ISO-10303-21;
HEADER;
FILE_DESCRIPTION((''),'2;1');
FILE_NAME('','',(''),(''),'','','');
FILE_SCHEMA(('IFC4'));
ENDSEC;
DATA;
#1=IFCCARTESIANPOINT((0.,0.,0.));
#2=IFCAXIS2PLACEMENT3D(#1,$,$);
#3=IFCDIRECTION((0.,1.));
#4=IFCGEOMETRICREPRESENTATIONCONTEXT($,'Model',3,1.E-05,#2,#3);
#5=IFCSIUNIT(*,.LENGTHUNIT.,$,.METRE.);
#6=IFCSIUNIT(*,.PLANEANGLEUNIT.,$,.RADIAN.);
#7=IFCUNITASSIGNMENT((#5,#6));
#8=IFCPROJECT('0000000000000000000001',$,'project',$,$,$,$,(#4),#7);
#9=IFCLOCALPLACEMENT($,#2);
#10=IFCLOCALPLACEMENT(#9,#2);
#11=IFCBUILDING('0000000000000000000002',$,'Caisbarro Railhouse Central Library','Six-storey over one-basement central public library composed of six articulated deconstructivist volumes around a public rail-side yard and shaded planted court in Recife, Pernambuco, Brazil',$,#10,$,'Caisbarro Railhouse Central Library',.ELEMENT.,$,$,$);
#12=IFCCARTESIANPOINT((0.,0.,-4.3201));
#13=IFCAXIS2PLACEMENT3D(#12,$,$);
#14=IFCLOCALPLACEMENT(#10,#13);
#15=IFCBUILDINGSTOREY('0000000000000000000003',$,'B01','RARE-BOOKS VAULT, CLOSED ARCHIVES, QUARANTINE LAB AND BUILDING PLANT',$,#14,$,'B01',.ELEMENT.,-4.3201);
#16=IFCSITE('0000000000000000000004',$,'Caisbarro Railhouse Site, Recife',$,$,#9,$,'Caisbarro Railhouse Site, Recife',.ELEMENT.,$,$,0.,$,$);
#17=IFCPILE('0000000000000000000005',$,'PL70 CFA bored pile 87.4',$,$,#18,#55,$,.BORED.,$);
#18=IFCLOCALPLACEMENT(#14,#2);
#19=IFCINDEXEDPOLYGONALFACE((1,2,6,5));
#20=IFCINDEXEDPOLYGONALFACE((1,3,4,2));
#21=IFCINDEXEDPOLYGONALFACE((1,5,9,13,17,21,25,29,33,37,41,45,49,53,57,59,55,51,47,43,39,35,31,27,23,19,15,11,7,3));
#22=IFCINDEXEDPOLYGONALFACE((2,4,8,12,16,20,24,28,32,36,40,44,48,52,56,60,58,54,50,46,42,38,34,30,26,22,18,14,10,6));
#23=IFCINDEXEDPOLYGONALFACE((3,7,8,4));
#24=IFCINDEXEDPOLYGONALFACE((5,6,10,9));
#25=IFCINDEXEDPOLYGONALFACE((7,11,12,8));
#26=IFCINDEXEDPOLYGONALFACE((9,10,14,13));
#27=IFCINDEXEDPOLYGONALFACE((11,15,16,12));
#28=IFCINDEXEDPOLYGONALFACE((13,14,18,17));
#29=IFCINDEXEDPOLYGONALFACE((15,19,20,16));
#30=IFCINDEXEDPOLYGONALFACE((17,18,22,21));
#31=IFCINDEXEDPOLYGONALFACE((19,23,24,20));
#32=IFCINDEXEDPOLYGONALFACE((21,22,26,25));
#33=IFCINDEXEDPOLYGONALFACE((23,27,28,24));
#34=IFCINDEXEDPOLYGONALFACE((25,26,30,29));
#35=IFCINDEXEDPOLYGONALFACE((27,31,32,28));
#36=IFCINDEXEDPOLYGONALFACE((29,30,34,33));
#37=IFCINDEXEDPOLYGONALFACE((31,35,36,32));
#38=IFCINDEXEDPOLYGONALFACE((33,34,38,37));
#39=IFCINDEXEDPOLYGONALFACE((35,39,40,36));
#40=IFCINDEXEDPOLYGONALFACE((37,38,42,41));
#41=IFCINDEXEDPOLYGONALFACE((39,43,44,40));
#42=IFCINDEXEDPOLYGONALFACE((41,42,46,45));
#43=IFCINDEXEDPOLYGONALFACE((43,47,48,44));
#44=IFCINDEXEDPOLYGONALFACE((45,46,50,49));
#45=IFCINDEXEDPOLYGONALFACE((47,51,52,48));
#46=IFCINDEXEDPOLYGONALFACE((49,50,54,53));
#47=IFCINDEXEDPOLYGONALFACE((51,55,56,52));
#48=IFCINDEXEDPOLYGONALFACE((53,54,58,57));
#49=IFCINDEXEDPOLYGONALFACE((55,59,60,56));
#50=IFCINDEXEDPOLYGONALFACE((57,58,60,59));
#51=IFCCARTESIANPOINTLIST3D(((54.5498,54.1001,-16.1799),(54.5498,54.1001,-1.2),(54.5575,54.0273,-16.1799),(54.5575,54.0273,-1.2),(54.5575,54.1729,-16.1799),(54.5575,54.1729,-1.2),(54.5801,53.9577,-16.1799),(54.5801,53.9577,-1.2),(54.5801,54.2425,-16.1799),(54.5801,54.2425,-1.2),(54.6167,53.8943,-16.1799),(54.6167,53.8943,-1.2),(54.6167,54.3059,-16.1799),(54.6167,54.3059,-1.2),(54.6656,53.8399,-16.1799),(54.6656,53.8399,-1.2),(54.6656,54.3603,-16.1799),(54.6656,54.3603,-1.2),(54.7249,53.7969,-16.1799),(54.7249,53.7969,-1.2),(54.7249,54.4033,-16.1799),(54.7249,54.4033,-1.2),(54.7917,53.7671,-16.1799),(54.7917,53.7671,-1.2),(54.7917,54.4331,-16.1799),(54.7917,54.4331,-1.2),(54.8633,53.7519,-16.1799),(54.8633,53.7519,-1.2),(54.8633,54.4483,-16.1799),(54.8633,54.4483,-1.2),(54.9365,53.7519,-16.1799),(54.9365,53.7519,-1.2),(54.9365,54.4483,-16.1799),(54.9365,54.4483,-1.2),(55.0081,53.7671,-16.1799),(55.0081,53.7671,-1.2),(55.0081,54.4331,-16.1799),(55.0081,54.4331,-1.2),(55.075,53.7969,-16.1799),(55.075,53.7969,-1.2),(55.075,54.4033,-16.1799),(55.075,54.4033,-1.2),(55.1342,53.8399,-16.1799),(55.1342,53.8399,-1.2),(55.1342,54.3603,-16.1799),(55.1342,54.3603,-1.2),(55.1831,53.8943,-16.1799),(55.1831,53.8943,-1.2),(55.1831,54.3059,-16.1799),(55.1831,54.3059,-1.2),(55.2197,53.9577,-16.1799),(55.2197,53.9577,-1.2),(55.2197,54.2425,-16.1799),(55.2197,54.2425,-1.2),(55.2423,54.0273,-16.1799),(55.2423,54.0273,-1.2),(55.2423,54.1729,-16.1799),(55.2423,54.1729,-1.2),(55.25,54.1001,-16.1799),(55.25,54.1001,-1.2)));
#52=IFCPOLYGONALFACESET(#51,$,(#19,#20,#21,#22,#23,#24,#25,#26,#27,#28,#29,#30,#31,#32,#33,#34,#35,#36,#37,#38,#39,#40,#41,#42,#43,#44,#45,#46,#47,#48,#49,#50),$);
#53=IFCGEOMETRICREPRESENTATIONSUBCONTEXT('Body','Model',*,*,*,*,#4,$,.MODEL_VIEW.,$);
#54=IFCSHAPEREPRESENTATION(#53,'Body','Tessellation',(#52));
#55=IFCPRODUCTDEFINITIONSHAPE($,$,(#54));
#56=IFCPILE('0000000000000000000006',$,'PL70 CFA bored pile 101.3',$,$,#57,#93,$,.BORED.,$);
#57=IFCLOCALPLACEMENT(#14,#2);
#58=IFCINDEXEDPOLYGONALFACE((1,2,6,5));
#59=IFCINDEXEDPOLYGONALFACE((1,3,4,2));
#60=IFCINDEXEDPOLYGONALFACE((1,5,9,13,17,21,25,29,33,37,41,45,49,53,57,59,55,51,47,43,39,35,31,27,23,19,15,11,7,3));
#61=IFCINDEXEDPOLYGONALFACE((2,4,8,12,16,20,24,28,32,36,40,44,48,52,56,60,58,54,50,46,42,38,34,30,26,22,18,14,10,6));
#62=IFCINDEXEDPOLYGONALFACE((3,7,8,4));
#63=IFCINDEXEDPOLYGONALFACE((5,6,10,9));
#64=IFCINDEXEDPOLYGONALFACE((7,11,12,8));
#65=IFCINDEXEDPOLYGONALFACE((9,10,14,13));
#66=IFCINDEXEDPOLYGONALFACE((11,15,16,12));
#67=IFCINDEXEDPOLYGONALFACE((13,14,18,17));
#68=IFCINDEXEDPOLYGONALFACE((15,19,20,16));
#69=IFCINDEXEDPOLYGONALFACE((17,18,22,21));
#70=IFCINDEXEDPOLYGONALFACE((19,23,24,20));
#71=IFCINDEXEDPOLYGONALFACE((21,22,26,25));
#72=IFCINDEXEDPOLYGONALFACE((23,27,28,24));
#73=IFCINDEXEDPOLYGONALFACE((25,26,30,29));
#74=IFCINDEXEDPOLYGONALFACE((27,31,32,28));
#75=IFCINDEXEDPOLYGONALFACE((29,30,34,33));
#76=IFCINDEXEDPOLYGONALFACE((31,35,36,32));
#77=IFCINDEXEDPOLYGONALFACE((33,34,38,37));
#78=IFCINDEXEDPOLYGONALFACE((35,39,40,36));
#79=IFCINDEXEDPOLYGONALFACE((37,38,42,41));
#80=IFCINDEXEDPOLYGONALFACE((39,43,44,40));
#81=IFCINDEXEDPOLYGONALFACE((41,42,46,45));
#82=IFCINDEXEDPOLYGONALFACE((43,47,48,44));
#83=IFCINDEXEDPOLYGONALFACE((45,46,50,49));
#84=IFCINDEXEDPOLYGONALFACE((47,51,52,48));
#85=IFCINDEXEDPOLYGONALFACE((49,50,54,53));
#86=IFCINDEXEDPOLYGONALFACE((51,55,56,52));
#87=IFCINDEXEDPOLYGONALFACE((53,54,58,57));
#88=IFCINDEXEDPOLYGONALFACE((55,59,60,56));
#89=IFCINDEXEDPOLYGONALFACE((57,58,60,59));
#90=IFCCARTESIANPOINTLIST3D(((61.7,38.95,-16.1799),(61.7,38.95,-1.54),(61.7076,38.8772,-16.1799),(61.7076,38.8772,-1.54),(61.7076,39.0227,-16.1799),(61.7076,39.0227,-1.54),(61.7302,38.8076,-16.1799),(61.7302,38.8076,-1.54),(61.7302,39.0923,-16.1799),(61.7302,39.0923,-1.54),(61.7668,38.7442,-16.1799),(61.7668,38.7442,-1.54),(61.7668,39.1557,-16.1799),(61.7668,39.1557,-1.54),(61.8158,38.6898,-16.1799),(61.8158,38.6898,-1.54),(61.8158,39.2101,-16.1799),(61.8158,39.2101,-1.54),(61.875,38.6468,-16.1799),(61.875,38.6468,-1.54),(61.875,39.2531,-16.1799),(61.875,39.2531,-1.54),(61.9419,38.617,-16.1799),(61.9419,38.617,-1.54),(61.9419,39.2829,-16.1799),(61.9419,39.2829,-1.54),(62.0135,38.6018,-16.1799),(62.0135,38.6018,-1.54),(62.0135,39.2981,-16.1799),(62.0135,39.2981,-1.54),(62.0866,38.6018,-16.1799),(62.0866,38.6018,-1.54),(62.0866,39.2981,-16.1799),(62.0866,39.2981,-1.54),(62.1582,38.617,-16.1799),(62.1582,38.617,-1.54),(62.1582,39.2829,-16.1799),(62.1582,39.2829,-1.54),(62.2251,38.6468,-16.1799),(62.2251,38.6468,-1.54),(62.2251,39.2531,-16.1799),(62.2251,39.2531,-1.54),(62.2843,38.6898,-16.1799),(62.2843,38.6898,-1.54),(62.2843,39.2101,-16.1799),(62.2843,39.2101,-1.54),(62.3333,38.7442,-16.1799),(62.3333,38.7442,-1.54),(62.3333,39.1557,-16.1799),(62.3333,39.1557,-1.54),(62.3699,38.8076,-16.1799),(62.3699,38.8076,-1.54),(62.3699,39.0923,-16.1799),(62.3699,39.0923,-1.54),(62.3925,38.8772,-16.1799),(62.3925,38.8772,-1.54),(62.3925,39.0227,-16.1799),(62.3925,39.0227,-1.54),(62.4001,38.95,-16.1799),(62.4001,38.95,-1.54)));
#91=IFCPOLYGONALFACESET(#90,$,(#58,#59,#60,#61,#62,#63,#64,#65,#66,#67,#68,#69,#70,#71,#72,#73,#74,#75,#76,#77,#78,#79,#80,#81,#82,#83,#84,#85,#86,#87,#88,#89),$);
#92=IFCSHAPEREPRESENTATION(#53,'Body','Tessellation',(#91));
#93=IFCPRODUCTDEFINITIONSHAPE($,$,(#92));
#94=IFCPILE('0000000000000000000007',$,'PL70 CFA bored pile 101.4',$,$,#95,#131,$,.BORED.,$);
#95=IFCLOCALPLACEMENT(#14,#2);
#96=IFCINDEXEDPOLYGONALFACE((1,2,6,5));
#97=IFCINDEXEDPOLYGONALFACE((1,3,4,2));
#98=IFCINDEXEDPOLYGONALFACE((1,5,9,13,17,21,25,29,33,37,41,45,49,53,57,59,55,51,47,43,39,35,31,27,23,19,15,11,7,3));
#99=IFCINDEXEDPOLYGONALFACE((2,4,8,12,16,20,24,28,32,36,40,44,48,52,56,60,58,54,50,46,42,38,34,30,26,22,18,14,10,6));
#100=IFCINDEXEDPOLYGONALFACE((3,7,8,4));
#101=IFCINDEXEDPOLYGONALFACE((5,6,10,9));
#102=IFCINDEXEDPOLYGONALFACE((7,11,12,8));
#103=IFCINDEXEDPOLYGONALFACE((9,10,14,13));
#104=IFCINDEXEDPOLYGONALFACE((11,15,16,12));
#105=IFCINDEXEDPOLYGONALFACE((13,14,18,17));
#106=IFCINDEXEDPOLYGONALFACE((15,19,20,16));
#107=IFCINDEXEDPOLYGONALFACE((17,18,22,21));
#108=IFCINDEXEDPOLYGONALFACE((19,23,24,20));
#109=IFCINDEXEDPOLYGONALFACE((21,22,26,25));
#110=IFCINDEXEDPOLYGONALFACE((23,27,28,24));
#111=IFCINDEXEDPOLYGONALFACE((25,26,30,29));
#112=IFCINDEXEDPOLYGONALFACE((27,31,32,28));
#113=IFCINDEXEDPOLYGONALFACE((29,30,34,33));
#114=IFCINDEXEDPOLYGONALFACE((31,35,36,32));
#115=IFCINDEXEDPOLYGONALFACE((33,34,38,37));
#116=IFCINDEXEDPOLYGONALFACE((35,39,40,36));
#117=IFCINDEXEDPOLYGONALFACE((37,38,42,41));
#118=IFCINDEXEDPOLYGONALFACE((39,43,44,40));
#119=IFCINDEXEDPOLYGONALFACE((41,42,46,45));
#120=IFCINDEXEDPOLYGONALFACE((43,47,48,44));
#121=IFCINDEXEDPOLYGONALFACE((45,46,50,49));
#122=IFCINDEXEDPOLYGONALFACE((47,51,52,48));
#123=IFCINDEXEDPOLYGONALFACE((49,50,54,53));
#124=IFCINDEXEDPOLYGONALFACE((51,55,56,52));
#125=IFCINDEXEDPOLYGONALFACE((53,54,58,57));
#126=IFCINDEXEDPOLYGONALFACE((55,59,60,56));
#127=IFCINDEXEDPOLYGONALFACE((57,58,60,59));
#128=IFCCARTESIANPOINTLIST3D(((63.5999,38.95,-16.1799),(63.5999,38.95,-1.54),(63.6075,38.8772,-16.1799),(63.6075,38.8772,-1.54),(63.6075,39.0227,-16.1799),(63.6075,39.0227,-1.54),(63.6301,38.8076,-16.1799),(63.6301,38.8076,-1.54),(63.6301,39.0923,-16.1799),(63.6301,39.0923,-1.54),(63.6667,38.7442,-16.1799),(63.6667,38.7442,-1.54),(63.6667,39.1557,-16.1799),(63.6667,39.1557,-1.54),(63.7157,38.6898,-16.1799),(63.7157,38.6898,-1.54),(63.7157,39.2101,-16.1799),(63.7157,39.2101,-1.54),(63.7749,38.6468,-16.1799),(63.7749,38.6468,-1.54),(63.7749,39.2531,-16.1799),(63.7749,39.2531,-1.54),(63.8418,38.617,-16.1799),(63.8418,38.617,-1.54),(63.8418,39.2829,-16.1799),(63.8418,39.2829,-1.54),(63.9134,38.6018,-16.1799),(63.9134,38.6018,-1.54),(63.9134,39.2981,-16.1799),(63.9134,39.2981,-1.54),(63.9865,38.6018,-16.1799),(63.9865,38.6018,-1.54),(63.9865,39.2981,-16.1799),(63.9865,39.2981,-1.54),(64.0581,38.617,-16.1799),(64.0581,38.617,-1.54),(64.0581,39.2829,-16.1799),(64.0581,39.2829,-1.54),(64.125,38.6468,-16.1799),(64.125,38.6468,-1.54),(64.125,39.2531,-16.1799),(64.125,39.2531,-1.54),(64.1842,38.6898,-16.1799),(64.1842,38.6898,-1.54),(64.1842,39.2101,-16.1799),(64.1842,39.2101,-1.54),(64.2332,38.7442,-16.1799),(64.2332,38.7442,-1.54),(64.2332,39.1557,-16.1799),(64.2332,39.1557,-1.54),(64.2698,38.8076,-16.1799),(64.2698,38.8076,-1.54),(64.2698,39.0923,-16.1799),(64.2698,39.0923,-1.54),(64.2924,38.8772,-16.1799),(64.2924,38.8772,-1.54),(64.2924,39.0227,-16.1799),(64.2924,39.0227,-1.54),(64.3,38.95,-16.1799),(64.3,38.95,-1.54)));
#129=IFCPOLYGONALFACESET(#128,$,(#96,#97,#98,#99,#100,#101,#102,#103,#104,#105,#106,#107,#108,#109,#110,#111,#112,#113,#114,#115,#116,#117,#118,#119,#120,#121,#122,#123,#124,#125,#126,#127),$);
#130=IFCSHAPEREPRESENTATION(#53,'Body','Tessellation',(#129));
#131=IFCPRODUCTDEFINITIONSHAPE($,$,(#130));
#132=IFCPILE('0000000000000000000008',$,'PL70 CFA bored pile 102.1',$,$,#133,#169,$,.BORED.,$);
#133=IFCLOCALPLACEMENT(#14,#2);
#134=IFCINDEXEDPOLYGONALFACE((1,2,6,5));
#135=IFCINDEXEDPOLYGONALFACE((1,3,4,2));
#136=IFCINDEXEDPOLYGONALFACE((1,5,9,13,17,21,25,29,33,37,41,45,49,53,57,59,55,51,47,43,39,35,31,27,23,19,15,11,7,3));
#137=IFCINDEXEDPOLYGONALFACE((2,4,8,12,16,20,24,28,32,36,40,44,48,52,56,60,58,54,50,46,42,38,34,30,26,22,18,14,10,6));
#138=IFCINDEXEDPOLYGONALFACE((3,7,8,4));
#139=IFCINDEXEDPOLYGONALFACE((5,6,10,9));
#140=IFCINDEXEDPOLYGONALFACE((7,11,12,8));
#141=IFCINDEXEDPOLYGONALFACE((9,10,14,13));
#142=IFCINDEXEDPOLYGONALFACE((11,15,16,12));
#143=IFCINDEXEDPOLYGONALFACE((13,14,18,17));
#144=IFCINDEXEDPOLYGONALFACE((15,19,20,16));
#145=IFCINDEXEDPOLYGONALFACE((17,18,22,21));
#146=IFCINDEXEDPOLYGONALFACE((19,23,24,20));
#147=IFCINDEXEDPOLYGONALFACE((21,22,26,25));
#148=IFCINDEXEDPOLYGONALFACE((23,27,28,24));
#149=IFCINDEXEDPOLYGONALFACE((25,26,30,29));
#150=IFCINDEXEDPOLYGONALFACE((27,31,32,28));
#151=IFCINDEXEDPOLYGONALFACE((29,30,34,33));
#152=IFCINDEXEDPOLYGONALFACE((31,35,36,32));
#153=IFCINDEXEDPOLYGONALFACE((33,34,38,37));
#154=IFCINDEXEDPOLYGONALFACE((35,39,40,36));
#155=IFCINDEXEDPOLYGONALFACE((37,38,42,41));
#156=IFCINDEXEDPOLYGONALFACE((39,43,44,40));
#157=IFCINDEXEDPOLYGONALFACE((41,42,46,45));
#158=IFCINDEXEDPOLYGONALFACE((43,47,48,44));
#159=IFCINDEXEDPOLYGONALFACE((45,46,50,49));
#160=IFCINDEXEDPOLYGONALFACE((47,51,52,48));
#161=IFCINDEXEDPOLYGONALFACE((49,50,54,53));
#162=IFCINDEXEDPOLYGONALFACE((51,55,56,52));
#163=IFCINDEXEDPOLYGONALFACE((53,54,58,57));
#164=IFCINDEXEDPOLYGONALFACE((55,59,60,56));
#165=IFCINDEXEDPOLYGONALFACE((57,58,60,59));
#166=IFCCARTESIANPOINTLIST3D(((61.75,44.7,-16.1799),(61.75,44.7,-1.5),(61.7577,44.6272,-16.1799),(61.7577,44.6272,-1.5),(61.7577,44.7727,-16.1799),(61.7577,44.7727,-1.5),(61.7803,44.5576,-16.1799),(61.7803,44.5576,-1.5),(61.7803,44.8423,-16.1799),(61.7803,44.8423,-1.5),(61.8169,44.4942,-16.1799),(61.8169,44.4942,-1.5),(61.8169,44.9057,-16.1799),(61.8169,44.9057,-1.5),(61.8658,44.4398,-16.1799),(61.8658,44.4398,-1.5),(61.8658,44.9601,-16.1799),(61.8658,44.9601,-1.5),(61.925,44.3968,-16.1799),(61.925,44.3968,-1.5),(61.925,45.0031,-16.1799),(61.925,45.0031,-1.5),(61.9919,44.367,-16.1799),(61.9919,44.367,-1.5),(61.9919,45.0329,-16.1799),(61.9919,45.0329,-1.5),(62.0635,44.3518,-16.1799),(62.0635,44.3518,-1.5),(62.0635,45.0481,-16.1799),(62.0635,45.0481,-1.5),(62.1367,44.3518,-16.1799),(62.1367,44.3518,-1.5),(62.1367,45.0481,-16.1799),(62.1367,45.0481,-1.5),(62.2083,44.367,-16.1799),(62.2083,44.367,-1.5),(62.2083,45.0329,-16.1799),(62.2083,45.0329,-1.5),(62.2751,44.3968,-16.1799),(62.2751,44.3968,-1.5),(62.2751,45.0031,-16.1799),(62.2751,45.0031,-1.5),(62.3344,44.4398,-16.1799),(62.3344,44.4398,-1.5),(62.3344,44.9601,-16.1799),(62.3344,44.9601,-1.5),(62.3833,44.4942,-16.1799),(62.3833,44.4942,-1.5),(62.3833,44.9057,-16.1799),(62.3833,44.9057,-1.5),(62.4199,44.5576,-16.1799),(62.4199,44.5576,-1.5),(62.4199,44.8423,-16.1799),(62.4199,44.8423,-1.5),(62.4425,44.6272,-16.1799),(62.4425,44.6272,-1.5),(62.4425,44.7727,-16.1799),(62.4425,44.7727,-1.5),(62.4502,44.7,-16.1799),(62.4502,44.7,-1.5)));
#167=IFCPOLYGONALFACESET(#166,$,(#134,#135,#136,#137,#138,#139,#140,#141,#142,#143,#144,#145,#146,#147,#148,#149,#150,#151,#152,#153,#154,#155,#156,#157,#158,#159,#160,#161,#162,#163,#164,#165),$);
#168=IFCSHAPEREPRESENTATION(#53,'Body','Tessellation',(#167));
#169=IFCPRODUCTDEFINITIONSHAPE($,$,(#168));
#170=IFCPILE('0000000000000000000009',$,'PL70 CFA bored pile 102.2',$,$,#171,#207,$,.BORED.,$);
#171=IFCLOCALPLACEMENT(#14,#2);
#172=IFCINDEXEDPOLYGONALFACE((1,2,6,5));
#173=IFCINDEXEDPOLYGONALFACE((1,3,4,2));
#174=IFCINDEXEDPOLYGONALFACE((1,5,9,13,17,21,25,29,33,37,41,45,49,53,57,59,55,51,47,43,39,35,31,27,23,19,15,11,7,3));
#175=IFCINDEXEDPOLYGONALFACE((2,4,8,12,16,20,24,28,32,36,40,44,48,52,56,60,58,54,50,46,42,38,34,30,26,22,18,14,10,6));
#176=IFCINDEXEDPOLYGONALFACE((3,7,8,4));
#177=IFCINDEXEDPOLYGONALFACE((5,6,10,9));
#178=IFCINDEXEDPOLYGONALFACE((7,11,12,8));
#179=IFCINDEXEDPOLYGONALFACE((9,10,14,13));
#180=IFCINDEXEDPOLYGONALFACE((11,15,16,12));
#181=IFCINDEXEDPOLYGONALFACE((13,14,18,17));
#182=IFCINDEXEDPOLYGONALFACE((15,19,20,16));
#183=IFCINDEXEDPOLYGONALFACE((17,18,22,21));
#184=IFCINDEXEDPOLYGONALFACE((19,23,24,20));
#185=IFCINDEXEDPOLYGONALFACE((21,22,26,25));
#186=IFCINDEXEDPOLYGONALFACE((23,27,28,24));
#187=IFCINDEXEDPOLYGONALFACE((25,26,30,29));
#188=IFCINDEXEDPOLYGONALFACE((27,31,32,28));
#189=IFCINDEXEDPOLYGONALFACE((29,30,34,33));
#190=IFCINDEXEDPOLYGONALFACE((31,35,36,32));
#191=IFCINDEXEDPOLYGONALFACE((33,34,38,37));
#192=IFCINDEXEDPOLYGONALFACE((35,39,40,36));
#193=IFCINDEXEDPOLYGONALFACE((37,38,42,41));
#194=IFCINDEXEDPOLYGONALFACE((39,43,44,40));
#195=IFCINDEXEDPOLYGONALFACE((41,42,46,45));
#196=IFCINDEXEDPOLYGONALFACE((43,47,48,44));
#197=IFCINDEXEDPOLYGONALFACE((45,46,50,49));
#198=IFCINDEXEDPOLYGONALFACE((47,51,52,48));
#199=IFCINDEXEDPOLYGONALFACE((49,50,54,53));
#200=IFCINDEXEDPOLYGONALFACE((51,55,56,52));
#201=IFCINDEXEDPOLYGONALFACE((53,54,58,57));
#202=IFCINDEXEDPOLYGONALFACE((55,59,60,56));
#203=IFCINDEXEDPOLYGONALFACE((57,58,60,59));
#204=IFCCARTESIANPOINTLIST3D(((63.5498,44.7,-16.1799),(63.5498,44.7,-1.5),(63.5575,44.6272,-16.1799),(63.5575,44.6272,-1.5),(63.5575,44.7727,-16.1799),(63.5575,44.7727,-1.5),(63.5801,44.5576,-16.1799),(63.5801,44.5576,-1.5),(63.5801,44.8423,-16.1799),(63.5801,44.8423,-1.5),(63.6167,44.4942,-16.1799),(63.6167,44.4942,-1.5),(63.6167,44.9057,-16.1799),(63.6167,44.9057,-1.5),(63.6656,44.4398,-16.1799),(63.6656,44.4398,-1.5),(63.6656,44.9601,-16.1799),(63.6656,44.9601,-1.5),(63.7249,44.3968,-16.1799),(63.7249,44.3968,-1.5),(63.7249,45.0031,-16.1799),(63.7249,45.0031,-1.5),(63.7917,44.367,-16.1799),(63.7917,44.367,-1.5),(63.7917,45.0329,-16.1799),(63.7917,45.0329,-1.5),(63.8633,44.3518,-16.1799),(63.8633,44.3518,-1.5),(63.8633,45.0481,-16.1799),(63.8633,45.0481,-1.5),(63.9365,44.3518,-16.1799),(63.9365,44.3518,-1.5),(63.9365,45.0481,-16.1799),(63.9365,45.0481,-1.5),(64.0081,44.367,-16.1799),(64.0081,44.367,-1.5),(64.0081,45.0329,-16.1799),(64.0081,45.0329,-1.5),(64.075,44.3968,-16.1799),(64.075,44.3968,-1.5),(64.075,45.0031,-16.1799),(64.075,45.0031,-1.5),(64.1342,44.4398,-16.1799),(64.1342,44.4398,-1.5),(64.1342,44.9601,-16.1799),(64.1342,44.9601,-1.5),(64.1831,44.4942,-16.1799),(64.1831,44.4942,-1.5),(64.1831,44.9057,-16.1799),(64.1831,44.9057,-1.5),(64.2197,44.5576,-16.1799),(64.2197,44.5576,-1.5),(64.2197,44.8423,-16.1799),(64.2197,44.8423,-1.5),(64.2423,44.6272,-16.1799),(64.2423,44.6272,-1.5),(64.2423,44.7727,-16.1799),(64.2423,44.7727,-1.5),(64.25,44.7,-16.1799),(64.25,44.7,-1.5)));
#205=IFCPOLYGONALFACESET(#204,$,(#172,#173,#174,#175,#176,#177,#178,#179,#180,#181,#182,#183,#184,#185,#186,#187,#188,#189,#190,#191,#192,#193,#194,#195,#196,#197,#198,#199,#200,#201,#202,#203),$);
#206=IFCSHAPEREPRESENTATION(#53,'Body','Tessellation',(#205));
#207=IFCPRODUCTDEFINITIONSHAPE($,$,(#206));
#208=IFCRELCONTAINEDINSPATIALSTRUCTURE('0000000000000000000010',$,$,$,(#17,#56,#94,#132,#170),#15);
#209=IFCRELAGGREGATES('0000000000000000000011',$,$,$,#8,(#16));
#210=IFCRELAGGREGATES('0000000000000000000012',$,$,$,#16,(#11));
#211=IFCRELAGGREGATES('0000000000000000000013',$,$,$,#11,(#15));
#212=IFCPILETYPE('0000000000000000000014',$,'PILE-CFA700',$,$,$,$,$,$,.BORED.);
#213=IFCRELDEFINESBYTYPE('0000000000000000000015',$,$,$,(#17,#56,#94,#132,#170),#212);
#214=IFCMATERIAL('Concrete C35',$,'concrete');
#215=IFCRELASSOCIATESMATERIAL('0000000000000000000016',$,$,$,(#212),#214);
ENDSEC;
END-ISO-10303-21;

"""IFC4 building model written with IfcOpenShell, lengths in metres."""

from ifc_helpers import new_model, si_unit, direction, frame, origin, origin_2d, place, context, subcontext, project, spatial, circle, extrude, material, material_profile, profile_set, type_object, element, save


model = new_model("IFC4")

# Units and contexts
model_context = context("Model", 3, precision=1e-05, world=origin(), true_north=direction((0.0, 1.0)))
body_context = subcontext(model_context, "Body", "Model", "MODEL_VIEW")
ifc_project = project(units=[si_unit("LENGTHUNIT", "METRE"), si_unit("PLANEANGLEUNIT", "RADIAN")], contexts=[model_context])

# Site, building, storey
site_placement = place(None, origin())
site = spatial("IfcSite", under=ifc_project, at=site_placement, Name="Caisbarro Railhouse Site, Recife", LongName="Caisbarro Railhouse Site, Recife", CompositionType="ELEMENT", RefElevation=0.0)
building_placement = place(site_placement, origin())
building = spatial("IfcBuilding", under=site, at=building_placement, Name="Caisbarro Railhouse Central Library", Description="Six-storey over one-basement central public library composed of six articulated deconstructivist volumes around a public rail-side yard and shaded planted court in Recife, Pernambuco, Brazil", LongName="Caisbarro Railhouse Central Library", CompositionType="ELEMENT")
storey_placement = place(building_placement, frame((0.0, 0.0, -4.3201)))
storey = spatial("IfcBuildingStorey", under=building, at=storey_placement, Name="B01", Description="RARE-BOOKS VAULT, CLOSED ARCHIVES, QUARANTINE LAB AND BUILDING PLANT", LongName="B01", CompositionType="ELEMENT", Elevation=-4.3201)

# Shared definitions
ifc_material_1 = material(Name="Concrete C35", Category="concrete")

# Piles
ifc_material_profile_1 = material_profile(ifc_material_1, circle(Radius=0.3501, at=origin_2d()), Name="PILE-CFA-700")
ifc_profile_set_1 = profile_set([ifc_material_profile_1], Name="Concrete C35")
pile_type_1 = type_object("IfcPileType", Name="PILE-CFA700", PredefinedType="BORED", material=ifc_profile_set_1)
pile_1_placement = place(storey_placement, frame((54.8999, 54.1001, -1.2), z_axis=(0.0, 0.0, -1.0), x_axis=(1.0, 0.0, 0.0)))
element("IfcPile", 1, at=pile_1_placement, inside=storey, type_object=pile_type_1, Name="PL70 CFA bored pile 87.4", PredefinedType="BORED", context=body_context, shape_type="SweptSolid", body=[
    extrude(circle(Radius=0.3501, at=origin_2d()), origin(), (0.0, 0.0, 1.0), 14.98),
])
for number, where, z_axis, x_axis, name in (
    (2, (62.05, 38.95, -1.54), (0.0, 0.0, -1.0), (1.0, 0.0, 0.0), "PL70 CFA bored pile 101.3"),
    (3, (63.95, 38.95, -1.54), (0.0, 0.0, -1.0), (1.0, 0.0, 0.0), "PL70 CFA bored pile 101.4"),
):
    element("IfcPile", number, at=place(storey_placement, frame(where, z_axis=z_axis, x_axis=x_axis)), inside=storey, type_object=pile_type_1, Name=name, PredefinedType="BORED", context=body_context, shape_type="SweptSolid", body=[
        extrude(circle(Radius=0.3501, at=origin_2d()), origin(), (0.0, 0.0, 1.0), 14.6399),
    ])
for number, where, z_axis, x_axis, name in (
    (4, (62.1001, 44.7, -1.5), (0.0, 0.0, -1.0), (1.0, 0.0, 0.0), "PL70 CFA bored pile 102.1"),
    (5, (63.8999, 44.7, -1.5), (0.0, 0.0, -1.0), (1.0, 0.0, 0.0), "PL70 CFA bored pile 102.2"),
):
    element("IfcPile", number, at=place(storey_placement, frame(where, z_axis=z_axis, x_axis=x_axis)), inside=storey, type_object=pile_type_1, Name=name, PredefinedType="BORED", context=body_context, shape_type="SweptSolid", body=[
        extrude(circle(Radius=0.3501, at=origin_2d()), origin(), (0.0, 0.0, 1.0), 14.6799),
    ])

save(model, "model.ifc")
